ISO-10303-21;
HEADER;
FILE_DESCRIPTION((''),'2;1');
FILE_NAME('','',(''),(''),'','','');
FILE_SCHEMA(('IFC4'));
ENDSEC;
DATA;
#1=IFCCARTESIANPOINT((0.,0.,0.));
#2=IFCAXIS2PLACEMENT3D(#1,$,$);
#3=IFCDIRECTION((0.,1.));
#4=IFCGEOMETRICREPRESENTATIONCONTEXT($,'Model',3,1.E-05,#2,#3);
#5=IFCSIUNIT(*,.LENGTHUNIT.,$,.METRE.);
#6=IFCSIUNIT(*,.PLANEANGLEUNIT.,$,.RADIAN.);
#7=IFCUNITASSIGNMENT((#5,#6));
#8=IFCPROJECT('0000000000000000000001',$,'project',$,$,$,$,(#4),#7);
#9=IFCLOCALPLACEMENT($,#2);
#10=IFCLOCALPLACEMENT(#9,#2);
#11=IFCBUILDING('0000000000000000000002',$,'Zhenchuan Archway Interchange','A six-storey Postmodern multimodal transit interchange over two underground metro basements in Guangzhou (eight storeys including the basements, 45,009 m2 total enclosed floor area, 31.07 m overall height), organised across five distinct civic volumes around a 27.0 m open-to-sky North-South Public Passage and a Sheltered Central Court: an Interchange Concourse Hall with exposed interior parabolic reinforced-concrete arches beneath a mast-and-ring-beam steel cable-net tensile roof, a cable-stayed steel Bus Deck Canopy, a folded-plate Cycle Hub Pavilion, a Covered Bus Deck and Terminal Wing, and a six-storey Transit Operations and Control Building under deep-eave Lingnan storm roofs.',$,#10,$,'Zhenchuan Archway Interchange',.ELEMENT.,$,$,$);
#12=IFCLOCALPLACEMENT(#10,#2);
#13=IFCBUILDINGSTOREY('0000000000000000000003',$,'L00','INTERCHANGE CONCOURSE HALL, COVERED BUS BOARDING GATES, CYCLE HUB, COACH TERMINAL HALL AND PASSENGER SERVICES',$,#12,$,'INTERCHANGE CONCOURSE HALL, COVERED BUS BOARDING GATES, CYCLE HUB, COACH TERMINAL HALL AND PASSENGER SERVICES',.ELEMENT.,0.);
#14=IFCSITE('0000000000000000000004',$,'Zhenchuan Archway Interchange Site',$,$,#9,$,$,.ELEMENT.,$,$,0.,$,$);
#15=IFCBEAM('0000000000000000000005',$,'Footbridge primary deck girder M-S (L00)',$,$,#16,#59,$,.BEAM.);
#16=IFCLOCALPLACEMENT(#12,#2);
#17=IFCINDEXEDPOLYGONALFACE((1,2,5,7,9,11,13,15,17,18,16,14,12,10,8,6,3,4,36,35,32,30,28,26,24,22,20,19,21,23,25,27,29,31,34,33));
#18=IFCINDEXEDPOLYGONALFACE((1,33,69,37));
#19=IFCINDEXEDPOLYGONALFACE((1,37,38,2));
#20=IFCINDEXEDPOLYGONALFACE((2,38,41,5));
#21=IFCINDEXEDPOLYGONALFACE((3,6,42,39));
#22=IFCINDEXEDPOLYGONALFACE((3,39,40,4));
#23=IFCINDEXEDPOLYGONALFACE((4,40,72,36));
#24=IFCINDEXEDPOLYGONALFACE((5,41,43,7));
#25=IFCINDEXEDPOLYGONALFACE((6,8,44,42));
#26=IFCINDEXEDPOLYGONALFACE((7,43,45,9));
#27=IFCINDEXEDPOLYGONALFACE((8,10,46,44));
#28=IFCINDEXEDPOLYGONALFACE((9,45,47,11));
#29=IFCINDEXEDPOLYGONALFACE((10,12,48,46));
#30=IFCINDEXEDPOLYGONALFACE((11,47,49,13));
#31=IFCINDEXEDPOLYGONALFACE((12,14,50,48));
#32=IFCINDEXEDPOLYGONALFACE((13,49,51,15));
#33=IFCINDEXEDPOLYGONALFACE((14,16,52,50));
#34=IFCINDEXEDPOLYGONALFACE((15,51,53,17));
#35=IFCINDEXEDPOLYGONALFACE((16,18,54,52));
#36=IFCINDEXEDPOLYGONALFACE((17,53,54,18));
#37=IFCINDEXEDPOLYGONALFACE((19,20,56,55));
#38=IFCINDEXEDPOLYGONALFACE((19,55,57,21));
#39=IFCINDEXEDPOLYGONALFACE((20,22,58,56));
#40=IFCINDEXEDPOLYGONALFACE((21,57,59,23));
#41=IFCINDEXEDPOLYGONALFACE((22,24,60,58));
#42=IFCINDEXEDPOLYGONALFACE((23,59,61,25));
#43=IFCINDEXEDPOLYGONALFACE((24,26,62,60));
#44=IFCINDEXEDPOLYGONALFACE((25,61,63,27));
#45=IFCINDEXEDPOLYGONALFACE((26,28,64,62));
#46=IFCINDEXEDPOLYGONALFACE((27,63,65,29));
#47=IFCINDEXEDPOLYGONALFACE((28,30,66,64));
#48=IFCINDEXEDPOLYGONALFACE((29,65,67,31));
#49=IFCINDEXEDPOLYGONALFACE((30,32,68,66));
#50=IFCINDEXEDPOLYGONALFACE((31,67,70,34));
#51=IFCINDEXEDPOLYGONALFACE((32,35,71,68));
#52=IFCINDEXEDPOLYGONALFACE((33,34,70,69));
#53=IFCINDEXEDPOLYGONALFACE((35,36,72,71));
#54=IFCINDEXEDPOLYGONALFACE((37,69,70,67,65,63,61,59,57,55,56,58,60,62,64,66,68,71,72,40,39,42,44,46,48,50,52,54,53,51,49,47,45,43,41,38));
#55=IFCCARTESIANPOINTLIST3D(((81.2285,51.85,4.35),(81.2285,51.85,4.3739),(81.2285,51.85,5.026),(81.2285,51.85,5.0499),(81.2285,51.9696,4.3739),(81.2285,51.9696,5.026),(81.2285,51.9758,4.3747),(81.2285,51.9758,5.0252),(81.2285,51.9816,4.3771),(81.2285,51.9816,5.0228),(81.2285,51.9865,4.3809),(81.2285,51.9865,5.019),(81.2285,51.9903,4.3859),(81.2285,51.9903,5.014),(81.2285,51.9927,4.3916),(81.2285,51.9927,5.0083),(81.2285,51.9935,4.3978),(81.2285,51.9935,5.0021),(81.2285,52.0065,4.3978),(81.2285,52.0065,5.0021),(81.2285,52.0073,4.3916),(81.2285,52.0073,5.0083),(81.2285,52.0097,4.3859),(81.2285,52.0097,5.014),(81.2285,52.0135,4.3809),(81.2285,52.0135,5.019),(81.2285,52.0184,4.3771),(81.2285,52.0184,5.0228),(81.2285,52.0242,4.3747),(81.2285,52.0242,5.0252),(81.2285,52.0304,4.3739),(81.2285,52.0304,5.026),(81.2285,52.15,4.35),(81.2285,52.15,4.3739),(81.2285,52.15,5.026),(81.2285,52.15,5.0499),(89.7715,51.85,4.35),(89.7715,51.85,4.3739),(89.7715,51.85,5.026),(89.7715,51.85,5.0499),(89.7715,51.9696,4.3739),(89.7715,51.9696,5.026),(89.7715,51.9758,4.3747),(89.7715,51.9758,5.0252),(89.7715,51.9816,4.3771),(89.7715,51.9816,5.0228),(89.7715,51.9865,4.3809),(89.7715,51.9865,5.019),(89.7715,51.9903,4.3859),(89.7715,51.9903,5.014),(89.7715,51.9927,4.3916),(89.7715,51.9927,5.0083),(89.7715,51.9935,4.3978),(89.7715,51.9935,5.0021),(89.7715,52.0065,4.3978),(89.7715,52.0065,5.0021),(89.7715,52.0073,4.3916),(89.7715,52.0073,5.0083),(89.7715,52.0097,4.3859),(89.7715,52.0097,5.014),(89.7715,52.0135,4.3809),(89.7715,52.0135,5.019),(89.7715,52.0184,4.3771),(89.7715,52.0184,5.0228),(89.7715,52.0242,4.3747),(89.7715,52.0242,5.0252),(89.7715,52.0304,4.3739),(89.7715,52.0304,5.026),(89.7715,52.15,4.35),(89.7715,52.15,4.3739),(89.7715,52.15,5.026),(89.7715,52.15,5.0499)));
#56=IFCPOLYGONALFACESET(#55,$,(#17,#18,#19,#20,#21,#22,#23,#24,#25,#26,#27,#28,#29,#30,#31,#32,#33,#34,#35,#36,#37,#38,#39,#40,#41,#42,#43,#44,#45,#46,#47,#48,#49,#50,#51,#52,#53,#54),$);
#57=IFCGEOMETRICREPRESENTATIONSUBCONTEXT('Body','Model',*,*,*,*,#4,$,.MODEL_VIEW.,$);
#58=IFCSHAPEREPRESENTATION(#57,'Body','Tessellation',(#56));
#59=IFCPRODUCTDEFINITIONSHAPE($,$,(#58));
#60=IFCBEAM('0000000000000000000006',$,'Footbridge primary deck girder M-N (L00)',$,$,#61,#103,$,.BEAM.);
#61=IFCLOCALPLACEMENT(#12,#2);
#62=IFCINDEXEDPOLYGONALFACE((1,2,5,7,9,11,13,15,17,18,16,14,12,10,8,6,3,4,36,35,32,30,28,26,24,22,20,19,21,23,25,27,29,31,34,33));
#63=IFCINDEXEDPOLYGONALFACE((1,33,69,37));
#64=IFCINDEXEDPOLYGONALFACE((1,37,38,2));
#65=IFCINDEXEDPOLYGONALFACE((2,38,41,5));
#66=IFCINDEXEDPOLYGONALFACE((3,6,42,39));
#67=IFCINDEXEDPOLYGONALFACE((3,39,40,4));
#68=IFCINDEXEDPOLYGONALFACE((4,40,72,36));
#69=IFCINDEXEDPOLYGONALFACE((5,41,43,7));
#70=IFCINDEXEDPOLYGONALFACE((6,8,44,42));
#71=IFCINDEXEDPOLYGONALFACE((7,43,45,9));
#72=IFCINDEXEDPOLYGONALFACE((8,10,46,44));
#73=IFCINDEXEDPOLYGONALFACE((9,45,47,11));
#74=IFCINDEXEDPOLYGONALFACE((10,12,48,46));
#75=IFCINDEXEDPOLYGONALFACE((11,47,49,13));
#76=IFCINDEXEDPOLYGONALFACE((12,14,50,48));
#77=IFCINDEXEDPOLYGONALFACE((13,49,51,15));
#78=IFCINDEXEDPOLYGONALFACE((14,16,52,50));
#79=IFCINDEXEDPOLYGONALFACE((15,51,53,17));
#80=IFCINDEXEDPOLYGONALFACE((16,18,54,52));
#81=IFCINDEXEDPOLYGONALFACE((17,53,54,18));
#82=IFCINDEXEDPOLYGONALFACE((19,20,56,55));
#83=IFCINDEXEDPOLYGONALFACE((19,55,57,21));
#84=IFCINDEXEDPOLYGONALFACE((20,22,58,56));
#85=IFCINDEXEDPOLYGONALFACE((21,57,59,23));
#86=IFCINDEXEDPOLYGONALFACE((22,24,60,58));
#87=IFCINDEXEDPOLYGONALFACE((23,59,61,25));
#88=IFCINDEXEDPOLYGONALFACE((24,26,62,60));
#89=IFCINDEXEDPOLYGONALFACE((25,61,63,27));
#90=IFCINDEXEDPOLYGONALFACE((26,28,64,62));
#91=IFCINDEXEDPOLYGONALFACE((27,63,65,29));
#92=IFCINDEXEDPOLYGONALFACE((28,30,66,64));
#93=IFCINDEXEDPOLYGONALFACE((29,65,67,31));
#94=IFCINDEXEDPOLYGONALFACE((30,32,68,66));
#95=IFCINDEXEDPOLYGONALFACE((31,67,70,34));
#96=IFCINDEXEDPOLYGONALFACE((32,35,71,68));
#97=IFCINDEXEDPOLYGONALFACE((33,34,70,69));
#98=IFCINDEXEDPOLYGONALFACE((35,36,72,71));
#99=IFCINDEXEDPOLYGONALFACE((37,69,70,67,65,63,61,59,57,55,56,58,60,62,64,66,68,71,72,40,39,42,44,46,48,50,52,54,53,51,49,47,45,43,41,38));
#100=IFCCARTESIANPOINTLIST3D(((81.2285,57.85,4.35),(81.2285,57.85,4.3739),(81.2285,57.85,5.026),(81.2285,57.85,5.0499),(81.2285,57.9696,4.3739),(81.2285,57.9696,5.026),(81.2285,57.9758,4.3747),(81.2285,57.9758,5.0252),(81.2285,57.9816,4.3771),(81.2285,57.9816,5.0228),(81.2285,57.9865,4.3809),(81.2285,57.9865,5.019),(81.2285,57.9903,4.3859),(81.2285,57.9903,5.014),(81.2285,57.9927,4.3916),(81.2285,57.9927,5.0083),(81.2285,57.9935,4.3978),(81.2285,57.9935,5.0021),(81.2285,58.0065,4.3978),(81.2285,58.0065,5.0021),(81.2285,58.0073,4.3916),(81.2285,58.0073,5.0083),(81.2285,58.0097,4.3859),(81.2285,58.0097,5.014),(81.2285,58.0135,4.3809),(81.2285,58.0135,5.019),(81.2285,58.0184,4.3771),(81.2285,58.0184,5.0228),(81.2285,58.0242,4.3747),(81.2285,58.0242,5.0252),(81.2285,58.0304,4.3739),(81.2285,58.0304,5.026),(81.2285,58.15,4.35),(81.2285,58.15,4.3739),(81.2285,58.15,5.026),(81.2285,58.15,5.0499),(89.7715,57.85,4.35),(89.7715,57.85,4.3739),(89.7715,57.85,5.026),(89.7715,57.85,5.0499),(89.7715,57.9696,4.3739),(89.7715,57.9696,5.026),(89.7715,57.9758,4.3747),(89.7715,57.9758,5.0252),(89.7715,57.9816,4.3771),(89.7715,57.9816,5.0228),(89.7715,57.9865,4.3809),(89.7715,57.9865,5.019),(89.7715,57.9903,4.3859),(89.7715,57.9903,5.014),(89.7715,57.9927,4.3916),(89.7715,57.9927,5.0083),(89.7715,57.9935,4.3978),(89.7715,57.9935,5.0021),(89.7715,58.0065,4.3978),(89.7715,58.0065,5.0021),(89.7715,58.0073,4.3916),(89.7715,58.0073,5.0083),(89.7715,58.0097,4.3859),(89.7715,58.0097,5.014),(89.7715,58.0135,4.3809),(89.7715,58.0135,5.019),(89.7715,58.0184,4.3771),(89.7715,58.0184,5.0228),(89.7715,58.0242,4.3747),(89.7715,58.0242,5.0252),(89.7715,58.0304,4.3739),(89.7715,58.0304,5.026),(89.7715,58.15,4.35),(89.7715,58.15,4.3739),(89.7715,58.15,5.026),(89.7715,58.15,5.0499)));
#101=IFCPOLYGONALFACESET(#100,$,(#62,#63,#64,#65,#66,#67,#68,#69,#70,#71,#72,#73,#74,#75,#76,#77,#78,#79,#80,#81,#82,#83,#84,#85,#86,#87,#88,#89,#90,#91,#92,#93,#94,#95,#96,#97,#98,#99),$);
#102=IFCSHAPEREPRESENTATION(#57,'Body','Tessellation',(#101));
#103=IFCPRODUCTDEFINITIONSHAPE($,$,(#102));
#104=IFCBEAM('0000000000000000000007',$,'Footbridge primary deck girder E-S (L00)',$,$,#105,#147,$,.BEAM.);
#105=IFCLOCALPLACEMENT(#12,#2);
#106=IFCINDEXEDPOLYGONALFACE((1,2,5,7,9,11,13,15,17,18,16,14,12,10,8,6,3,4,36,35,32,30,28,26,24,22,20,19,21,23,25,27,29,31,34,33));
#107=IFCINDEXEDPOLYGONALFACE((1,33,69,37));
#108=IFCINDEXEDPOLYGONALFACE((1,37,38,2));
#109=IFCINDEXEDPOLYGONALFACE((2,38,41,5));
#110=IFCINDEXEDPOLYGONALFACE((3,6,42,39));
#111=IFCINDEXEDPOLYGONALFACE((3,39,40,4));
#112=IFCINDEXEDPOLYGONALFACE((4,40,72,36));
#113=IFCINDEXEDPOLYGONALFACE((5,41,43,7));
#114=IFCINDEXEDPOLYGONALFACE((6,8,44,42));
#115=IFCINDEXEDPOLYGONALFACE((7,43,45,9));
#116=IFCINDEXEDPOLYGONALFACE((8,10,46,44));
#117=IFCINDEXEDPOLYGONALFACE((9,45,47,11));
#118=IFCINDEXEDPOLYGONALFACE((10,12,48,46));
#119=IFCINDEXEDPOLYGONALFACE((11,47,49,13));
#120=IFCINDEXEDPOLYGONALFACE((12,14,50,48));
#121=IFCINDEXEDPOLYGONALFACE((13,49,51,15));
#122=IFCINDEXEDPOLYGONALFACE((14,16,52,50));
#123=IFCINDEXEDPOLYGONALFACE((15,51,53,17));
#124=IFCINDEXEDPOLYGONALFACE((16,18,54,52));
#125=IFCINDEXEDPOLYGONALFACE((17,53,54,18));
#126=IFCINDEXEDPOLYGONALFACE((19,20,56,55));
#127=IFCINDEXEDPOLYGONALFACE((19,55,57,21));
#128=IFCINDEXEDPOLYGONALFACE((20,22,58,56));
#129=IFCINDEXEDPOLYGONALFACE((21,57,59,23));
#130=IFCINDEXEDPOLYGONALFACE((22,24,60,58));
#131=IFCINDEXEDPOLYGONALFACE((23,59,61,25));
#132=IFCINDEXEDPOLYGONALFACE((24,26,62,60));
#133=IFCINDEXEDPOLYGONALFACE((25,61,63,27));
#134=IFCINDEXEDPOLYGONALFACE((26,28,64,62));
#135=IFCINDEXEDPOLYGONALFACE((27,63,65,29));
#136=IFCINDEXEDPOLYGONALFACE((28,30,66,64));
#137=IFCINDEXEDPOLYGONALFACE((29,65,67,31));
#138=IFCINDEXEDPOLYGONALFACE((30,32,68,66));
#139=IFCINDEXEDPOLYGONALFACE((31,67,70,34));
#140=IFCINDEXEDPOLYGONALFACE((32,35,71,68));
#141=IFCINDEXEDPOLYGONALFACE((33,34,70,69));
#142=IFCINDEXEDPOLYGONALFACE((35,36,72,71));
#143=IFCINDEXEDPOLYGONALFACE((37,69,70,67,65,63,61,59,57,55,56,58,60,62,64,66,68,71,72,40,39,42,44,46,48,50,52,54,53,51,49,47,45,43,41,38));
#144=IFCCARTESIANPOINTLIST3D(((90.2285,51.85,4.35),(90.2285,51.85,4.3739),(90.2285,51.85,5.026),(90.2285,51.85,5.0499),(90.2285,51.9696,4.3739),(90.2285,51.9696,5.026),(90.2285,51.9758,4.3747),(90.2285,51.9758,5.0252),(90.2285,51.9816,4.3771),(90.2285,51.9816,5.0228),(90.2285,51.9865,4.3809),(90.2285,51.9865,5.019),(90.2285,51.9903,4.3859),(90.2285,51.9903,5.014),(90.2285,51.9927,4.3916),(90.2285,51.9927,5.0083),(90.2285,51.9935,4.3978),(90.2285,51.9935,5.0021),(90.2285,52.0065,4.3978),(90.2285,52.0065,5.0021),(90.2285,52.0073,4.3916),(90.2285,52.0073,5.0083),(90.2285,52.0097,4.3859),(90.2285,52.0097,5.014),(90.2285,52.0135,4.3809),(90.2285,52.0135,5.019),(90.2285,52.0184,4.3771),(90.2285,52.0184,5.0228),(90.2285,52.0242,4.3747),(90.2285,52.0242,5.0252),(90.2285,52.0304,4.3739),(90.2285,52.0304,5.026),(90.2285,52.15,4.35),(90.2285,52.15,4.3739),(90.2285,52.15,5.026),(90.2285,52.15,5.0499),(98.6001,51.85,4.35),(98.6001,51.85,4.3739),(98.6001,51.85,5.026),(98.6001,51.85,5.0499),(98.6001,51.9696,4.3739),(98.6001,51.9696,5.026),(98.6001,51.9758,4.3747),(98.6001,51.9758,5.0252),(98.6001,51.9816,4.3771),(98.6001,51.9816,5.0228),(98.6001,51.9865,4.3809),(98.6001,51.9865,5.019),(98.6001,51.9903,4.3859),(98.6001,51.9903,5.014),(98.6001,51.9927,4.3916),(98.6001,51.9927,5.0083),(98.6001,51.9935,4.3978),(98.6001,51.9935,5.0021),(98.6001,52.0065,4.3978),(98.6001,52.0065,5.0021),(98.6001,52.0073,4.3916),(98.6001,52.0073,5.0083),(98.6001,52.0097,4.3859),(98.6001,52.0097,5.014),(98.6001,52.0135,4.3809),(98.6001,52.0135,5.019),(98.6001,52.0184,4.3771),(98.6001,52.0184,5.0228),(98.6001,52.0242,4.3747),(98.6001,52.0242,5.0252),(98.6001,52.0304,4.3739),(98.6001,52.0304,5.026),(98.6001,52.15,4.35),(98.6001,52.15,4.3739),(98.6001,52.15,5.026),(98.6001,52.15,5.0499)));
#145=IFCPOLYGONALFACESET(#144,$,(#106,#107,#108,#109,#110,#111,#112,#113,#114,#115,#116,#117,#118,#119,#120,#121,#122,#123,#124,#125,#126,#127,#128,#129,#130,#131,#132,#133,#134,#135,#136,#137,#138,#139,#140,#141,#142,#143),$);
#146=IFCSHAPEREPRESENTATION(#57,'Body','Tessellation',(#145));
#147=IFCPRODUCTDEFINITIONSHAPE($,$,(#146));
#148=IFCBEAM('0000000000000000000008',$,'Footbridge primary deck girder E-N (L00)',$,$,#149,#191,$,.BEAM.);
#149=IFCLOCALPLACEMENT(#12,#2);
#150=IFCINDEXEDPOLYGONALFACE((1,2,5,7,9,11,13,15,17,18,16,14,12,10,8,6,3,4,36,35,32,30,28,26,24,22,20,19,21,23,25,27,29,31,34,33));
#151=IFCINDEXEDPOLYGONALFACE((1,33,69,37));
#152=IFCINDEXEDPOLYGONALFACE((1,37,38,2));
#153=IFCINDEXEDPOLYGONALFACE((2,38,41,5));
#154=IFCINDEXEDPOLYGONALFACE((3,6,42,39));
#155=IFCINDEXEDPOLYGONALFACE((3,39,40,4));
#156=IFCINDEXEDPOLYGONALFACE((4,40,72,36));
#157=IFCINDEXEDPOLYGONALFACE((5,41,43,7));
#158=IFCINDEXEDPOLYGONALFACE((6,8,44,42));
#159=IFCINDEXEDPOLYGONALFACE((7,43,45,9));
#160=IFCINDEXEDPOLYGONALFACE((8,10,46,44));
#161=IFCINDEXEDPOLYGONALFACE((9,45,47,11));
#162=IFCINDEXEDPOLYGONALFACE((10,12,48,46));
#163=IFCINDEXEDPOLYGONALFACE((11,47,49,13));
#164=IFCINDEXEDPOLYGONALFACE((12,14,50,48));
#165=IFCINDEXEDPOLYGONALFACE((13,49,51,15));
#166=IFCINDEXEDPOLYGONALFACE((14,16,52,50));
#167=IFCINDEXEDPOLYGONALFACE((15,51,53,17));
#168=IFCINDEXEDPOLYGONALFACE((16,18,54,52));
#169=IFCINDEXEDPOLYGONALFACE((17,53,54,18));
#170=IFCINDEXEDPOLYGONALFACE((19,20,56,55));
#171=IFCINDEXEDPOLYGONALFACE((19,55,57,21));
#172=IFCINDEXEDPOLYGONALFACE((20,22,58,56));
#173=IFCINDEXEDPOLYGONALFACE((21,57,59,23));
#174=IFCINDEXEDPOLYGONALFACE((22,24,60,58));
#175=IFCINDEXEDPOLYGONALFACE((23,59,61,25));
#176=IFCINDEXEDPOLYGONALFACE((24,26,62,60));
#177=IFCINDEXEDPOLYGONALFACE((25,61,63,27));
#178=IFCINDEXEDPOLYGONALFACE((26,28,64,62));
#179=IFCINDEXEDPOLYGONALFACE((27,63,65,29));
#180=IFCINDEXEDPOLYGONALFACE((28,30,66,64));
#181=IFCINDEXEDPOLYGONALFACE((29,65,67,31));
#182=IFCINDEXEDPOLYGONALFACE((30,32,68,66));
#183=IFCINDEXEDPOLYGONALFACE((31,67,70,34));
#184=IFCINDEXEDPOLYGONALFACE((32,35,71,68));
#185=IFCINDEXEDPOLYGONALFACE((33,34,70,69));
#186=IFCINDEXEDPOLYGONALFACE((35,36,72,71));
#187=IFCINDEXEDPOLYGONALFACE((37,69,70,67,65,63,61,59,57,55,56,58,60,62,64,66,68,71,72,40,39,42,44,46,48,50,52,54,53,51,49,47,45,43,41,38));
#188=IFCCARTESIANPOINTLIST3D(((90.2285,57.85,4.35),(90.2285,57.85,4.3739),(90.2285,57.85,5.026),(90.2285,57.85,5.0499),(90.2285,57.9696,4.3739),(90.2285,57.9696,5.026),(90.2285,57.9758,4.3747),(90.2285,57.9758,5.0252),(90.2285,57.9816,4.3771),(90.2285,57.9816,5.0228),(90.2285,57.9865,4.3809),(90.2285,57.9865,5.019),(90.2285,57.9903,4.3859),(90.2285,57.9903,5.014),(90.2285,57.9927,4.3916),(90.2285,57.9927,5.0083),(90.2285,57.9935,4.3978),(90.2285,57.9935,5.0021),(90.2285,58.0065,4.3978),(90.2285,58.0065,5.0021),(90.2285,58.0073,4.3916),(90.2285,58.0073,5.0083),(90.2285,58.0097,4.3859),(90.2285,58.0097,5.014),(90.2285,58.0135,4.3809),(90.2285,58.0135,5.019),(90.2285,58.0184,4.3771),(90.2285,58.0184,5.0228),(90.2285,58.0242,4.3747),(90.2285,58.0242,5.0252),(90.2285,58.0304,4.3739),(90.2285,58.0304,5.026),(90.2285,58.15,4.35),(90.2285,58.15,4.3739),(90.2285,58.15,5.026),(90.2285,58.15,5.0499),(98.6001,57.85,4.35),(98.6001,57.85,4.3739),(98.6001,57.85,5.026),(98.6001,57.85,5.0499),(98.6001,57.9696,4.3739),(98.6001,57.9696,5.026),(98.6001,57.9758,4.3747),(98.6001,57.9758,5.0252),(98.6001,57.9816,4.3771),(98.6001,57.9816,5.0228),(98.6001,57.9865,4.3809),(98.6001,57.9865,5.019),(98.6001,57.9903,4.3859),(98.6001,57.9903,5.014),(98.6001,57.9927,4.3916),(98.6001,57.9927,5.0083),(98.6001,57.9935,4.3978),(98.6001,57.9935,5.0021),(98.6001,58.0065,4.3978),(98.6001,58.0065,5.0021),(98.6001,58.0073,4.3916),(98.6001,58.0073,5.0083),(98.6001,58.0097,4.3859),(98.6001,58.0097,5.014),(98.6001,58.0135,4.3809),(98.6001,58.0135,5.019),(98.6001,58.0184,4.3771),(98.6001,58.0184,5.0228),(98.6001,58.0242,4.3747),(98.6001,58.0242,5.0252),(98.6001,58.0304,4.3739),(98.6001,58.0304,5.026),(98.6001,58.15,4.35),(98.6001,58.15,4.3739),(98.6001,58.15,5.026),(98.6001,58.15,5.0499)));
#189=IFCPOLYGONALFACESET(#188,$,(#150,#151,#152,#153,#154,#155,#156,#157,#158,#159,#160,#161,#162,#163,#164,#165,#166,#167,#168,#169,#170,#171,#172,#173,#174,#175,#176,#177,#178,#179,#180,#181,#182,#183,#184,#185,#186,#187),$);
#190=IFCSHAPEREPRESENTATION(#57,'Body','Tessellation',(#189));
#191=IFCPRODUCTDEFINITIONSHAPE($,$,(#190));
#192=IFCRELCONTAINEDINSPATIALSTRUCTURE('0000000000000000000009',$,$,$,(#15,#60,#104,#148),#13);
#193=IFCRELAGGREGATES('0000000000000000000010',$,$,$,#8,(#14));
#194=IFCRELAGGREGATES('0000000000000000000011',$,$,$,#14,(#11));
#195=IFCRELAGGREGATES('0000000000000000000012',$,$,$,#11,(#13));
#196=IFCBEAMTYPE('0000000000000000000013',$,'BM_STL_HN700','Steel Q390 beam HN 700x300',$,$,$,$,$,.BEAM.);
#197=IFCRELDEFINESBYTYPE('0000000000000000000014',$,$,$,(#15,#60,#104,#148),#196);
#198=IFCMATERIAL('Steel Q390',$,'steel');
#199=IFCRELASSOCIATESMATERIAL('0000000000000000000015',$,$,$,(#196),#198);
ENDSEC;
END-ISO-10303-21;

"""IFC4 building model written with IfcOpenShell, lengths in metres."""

from ifc_helpers import new_model, si_unit, direction, frame, origin, origin_2d, place, context, subcontext, project, spatial, i_section, extrude, material, material_profile, profile_set, type_object, element, save


model = new_model("IFC4")

# Units and contexts
model_context = context("Model", 3, precision=1e-05, world=origin(), true_north=direction((0.0, 1.0)))
body_context = subcontext(model_context, "Body", "Model", "MODEL_VIEW")
ifc_project = project(units=[si_unit("LENGTHUNIT", "METRE"), si_unit("PLANEANGLEUNIT", "RADIAN")], contexts=[model_context])

# Site, building, storey
site_placement = place(None, origin())
site = spatial("IfcSite", under=ifc_project, at=site_placement, Name="Zhenchuan Archway Interchange Site", CompositionType="ELEMENT", RefElevation=0.0)
building_placement = place(site_placement, origin())
building = spatial("IfcBuilding", under=site, at=building_placement, Name="Zhenchuan Archway Interchange", Description="A six-storey Postmodern multimodal transit interchange over two underground metro basements in Guangzhou (eight storeys including the basements, 45,009 m2 total enclosed floor area, 31.07 m overall height), organised across five distinct civic volumes around a 27.0 m open-to-sky North-South Public Passage and a Sheltered Central Court: an Interchange Concourse Hall with exposed interior parabolic reinforced-concrete arches beneath a mast-and-ring-beam steel cable-net tensile roof, a cable-stayed steel Bus Deck Canopy, a folded-plate Cycle Hub Pavilion, a Covered Bus Deck and Terminal Wing, and a six-storey Transit Operations and Control Building under deep-eave Lingnan storm roofs.", LongName="Zhenchuan Archway Interchange", CompositionType="ELEMENT")
storey_placement = place(building_placement, origin())
storey = spatial("IfcBuildingStorey", under=building, at=storey_placement, Name="L00", Description="INTERCHANGE CONCOURSE HALL, COVERED BUS BOARDING GATES, CYCLE HUB, COACH TERMINAL HALL AND PASSENGER SERVICES", LongName="INTERCHANGE CONCOURSE HALL, COVERED BUS BOARDING GATES, CYCLE HUB, COACH TERMINAL HALL AND PASSENGER SERVICES", CompositionType="ELEMENT", Elevation=0.0)

# Shared definitions
ifc_material_1 = material(Name="Steel Q390", Category="steel")

# Beams
ifc_material_profile_1 = material_profile(ifc_material_1, i_section(OverallWidth=0.3, OverallDepth=0.7, WebThickness=0.0129, FlangeThickness=0.0239, FilletRadius=0.0239, at=origin_2d()), Name="HN 700x300")
ifc_profile_set_1 = profile_set([ifc_material_profile_1], Name="Steel Q390")
beam_type_1 = type_object("IfcBeamType", Name="BM_STL_HN700", Description="Steel Q390 beam HN 700x300", PredefinedType="BEAM", material=ifc_profile_set_1)
for number, where, z_axis, x_axis, name in (
    (1, (81.2285, 52.0, 4.7), (1.0, 0.0, 0.0), (0.0, 1.0, 0.0), "Footbridge primary deck girder M-S (L00)"),
    (2, (81.2285, 58.0, 4.7), (1.0, 0.0, 0.0), (0.0, 1.0, 0.0), "Footbridge primary deck girder M-N (L00)"),
):
    element("IfcBeam", number, at=place(storey_placement, frame(where, z_axis=z_axis, x_axis=x_axis)), inside=storey, type_object=beam_type_1, Name=name, PredefinedType="BEAM", context=body_context, shape_type="SweptSolid", body=[
        extrude(i_section(OverallWidth=0.3, OverallDepth=0.7, WebThickness=0.0129, FlangeThickness=0.0239, FilletRadius=0.0239, at=origin_2d()), origin(), (0.0, 0.0, 1.0), 8.543),
    ])
for number, where, z_axis, x_axis, name in (
    (3, (90.2285, 52.0, 4.7), (1.0, 0.0, 0.0), (0.0, 1.0, 0.0), "Footbridge primary deck girder E-S (L00)"),
    (4, (90.2285, 58.0, 4.7), (1.0, 0.0, 0.0), (0.0, 1.0, 0.0), "Footbridge primary deck girder E-N (L00)"),
):
    element("IfcBeam", number, at=place(storey_placement, frame(where, z_axis=z_axis, x_axis=x_axis)), inside=storey, type_object=beam_type_1, Name=name, PredefinedType="BEAM", context=body_context, shape_type="SweptSolid", body=[
        extrude(i_section(OverallWidth=0.3, OverallDepth=0.7, WebThickness=0.0129, FlangeThickness=0.0239, FilletRadius=0.0239, at=origin_2d()), origin(), (0.0, 0.0, 1.0), 8.3716),
    ])

save(model, "model.ifc")
